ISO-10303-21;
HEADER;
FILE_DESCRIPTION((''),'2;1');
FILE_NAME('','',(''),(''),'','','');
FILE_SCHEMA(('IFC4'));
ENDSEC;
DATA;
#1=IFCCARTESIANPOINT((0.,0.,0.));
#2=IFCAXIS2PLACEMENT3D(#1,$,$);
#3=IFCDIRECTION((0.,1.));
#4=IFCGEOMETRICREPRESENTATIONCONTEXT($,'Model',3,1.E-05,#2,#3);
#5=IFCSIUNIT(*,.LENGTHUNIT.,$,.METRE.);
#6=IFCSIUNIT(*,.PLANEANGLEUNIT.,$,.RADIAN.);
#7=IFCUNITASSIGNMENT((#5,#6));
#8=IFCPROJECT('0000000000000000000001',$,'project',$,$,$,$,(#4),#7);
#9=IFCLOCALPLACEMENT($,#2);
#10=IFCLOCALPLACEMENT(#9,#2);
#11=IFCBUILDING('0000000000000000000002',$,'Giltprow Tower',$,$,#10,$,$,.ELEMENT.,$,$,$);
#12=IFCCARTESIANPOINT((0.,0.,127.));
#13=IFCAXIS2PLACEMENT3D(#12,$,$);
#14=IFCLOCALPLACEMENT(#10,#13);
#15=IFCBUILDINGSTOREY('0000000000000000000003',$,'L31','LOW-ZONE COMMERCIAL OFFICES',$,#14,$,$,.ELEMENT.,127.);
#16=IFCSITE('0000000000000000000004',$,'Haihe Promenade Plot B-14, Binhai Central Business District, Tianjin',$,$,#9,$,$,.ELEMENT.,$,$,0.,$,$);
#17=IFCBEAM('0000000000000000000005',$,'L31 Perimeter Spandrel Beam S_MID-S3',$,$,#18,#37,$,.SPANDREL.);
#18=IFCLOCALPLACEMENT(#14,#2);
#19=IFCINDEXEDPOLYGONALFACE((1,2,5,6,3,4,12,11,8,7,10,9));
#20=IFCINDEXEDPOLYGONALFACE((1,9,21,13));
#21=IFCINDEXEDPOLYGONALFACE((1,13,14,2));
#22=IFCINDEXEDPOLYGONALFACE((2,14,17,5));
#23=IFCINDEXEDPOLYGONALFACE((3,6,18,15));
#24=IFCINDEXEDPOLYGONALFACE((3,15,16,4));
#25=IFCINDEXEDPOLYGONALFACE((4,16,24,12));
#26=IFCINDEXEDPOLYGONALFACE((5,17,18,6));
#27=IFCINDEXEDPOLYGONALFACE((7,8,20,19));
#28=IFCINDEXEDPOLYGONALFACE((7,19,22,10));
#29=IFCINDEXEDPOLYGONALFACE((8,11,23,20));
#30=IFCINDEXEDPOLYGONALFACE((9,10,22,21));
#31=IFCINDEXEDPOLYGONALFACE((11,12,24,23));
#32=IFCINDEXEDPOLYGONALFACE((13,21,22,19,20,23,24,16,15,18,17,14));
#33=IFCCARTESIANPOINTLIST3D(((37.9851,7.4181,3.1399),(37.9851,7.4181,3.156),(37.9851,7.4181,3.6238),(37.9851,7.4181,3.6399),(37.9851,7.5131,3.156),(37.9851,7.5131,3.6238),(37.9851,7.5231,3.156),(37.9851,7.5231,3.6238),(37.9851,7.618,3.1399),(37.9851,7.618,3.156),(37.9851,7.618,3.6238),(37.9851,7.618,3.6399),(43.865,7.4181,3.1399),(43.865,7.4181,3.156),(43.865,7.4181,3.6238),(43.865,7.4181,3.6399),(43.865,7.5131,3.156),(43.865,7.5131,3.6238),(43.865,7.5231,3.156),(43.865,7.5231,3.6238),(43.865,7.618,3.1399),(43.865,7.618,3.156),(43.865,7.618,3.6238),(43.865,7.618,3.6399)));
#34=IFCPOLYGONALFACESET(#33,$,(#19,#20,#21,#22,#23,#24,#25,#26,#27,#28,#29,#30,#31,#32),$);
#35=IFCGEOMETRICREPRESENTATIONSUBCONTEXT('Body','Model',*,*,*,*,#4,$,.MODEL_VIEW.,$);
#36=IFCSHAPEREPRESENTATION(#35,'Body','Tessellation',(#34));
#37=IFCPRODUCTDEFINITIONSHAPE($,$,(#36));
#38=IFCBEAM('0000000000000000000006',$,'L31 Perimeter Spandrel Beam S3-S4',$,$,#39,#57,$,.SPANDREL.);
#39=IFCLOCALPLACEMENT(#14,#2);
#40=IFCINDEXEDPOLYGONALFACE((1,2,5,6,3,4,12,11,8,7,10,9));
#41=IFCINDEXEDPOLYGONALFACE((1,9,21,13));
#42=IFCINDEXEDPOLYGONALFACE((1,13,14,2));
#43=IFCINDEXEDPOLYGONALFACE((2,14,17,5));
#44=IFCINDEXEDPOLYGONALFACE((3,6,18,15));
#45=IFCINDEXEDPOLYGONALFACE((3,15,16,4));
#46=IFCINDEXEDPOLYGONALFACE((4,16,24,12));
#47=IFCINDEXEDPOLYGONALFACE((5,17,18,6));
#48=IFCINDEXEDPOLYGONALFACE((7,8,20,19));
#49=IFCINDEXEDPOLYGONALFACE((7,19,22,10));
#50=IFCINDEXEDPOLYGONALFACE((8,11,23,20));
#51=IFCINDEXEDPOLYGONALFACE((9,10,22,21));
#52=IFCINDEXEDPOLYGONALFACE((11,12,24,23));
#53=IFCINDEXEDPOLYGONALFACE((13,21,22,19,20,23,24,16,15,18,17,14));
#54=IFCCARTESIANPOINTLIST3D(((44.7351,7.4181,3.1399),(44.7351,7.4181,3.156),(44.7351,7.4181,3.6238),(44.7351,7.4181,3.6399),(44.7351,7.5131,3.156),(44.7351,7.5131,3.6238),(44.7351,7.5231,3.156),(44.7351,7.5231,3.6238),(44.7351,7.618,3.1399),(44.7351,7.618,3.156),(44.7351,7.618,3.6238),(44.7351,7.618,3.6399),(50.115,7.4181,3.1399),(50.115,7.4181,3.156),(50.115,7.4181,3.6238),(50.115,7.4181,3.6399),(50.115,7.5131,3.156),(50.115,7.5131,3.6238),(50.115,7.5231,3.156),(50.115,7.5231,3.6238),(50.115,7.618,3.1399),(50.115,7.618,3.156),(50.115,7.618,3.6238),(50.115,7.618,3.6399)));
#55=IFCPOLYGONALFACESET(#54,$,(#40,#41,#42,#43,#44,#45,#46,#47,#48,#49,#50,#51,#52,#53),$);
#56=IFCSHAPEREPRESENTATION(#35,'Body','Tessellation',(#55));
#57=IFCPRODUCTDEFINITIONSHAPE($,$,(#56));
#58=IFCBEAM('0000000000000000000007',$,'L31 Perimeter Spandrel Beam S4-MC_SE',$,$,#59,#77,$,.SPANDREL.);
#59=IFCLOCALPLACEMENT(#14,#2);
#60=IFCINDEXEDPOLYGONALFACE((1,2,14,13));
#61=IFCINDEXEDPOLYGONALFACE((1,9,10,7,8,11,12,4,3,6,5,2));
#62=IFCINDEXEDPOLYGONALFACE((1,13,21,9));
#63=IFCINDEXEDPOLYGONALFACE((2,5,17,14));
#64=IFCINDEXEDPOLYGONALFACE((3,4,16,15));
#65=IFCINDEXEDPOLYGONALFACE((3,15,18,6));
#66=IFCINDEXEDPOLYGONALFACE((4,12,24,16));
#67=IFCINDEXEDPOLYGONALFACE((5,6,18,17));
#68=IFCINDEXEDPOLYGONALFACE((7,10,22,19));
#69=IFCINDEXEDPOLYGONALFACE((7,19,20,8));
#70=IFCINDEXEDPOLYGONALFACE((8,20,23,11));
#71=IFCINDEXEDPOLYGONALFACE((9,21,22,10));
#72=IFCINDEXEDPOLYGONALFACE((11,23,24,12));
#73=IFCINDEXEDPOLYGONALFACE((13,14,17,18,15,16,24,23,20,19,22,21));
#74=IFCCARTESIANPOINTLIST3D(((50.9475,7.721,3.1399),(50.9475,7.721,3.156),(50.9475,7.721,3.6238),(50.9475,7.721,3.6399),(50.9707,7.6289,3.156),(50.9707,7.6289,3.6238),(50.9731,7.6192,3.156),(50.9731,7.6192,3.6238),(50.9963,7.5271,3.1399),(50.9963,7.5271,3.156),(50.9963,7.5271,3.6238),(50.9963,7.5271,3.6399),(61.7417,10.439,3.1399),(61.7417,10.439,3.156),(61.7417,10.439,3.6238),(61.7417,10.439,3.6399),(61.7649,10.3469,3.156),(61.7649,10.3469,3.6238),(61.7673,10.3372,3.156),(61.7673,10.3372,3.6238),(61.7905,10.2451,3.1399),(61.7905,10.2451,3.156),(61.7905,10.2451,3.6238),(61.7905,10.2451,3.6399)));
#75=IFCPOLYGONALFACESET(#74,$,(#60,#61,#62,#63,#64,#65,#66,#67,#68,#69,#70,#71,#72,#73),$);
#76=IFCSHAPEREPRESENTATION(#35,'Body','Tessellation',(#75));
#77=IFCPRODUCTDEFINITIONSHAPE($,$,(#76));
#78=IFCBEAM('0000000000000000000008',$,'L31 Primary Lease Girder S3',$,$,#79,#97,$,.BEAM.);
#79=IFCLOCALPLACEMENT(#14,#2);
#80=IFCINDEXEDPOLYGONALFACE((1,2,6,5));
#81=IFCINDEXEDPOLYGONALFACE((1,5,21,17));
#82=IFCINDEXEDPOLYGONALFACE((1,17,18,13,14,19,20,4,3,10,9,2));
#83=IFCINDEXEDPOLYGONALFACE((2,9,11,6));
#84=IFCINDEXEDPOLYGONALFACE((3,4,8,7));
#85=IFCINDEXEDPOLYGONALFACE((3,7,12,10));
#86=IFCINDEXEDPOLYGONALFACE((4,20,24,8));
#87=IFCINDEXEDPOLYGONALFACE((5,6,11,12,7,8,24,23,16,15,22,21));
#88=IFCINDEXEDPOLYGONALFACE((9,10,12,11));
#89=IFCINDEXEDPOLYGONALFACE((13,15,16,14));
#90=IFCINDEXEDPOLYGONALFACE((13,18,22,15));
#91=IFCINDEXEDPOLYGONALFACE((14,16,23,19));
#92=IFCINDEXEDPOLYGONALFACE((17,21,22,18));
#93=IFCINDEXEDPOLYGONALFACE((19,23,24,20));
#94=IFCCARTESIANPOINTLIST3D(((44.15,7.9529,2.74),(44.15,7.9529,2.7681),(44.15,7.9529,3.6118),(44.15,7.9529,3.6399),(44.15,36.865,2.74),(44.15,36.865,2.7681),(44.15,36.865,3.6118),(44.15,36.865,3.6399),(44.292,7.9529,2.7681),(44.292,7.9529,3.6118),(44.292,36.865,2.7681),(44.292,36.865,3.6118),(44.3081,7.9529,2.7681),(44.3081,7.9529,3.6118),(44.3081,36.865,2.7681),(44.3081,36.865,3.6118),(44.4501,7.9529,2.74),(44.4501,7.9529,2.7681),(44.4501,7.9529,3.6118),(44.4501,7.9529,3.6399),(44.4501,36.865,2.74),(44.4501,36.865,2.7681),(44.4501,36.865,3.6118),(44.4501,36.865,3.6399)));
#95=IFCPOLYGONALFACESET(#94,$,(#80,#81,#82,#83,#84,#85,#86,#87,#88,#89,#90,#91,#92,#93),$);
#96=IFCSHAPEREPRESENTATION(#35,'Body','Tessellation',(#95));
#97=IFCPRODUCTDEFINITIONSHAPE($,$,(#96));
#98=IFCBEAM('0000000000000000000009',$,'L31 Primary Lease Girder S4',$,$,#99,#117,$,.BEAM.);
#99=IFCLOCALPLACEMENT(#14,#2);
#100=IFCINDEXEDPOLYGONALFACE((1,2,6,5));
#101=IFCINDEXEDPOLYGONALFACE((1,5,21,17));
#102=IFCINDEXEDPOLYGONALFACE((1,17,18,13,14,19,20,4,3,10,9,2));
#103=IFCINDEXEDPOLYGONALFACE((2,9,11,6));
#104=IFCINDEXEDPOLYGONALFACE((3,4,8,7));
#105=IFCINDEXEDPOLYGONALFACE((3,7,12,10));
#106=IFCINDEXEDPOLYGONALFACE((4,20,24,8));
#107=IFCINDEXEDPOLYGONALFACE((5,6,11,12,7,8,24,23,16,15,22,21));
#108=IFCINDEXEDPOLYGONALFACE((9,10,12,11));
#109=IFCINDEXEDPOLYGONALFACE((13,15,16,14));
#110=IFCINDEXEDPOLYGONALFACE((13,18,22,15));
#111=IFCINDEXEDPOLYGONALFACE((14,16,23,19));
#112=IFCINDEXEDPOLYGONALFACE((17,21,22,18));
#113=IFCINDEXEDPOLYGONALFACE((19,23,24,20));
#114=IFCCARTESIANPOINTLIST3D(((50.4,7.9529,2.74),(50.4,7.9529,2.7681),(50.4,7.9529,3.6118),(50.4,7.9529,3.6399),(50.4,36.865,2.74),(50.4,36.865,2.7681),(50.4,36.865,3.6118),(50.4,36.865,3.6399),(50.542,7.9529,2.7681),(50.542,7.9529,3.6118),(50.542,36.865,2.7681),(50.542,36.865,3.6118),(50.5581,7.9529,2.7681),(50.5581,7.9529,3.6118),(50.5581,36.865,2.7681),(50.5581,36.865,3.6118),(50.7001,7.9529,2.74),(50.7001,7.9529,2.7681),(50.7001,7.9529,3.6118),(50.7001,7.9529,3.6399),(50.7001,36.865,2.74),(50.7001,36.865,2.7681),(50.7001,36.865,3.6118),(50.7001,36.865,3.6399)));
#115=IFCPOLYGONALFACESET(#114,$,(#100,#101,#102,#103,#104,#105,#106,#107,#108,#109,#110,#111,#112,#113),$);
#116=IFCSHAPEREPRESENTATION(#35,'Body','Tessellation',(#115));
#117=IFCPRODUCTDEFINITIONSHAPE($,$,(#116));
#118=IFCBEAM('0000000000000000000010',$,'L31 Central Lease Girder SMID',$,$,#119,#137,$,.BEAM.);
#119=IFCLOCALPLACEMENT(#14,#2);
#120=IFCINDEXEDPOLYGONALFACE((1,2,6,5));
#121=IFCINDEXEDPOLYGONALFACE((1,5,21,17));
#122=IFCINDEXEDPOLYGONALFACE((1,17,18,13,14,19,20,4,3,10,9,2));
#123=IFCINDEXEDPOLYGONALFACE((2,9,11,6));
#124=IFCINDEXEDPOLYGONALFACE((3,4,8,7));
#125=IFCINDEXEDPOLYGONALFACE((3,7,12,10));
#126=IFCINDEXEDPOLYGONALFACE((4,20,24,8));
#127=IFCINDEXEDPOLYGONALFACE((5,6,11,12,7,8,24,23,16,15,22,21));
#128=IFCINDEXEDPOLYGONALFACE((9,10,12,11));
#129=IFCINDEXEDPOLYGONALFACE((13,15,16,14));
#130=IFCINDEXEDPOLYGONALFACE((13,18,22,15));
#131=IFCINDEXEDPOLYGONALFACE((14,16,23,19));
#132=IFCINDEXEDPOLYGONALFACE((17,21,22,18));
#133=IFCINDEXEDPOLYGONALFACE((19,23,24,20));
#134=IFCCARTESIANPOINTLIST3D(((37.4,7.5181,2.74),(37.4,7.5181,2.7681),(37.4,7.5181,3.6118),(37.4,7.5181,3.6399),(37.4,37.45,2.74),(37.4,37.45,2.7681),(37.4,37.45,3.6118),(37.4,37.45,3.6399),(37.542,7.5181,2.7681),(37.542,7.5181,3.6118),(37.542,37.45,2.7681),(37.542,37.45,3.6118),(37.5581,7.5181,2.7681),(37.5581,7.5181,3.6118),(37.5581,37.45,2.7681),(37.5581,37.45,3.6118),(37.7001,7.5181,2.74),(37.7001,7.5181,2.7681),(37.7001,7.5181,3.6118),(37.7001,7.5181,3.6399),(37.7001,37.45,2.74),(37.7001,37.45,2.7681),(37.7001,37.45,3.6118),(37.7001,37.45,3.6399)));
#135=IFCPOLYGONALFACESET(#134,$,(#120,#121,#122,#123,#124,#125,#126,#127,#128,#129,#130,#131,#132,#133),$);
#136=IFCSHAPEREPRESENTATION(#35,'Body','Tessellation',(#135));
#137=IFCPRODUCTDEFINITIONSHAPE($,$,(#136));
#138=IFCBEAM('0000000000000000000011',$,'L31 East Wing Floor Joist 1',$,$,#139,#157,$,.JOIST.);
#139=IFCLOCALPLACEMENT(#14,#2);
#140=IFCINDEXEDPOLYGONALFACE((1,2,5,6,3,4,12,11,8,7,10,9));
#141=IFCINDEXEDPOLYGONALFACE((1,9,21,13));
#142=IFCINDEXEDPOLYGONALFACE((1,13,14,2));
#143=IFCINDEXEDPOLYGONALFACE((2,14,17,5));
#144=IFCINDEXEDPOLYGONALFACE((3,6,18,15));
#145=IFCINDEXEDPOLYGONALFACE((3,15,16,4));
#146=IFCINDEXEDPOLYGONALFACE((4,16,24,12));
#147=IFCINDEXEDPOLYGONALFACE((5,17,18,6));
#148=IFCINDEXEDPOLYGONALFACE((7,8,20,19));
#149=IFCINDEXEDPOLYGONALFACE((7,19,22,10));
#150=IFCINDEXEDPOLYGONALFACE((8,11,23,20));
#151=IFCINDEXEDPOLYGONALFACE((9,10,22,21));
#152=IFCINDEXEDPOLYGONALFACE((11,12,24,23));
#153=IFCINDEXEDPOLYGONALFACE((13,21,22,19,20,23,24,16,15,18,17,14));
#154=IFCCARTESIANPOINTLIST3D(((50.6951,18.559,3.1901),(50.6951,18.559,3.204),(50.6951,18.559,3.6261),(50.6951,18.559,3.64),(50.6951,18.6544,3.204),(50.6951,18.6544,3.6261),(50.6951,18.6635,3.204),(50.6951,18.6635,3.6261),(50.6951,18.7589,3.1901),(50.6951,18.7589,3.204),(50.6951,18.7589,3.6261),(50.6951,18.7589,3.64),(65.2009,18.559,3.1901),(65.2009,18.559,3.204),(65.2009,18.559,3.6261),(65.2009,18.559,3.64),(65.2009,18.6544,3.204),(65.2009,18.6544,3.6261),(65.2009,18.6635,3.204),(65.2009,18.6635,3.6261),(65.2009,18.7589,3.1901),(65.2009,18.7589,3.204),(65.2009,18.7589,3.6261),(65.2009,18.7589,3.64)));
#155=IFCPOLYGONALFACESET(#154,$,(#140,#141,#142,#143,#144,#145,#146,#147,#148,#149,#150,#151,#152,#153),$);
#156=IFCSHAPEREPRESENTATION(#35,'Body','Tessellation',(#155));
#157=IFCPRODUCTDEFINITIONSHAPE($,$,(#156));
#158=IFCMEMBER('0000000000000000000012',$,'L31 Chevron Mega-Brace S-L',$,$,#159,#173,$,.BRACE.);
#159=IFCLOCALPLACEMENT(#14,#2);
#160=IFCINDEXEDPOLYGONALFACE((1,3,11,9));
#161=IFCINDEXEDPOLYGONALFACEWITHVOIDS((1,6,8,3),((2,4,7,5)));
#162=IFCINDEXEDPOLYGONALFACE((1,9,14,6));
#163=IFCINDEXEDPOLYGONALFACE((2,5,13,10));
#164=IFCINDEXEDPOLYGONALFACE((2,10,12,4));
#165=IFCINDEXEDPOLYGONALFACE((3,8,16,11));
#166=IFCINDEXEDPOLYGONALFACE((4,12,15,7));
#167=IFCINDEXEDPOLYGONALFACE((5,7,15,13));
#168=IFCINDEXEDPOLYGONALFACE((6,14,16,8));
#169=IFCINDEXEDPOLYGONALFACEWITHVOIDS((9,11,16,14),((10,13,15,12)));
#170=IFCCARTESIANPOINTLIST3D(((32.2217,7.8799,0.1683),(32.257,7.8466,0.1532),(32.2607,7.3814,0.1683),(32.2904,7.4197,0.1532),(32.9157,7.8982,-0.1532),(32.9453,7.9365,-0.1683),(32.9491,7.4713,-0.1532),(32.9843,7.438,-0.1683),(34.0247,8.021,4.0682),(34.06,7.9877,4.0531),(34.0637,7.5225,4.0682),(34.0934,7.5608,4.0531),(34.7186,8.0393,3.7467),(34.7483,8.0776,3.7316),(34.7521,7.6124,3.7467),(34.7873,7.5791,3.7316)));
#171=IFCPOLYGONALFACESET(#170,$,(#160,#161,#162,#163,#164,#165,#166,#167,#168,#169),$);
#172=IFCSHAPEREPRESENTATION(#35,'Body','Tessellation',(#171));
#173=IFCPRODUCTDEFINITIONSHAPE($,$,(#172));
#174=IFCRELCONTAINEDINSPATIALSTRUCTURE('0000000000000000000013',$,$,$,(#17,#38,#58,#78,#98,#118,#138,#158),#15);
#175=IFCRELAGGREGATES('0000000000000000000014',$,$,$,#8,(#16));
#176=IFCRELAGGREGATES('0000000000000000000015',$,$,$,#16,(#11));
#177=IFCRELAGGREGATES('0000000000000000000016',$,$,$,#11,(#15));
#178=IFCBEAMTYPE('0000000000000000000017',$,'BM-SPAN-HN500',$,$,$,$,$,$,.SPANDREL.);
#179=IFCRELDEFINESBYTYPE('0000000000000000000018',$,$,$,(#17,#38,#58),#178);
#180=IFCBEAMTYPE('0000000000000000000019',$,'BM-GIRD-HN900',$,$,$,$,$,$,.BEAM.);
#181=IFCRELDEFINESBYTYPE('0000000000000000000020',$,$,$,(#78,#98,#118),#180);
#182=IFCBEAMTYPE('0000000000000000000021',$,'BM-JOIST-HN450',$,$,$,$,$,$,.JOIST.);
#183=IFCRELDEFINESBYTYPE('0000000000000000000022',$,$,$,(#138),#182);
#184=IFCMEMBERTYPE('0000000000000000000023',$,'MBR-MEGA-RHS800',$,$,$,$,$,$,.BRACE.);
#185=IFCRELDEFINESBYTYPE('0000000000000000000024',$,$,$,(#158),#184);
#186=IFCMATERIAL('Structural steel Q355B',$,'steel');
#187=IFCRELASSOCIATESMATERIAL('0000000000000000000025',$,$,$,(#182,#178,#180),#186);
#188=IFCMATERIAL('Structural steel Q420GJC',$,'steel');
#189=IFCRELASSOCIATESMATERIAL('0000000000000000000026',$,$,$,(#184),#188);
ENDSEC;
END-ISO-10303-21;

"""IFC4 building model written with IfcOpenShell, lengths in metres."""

from ifc_helpers import new_model, si_unit, direction, frame, origin, origin_2d, place, context, subcontext, project, spatial, hollow_rectangle, i_section, extrude, source, transform, mapped, material, material_profile, profile_set, type_object, element, save


model = new_model("IFC4")

# Units and contexts
model_context = context("Model", 3, precision=1e-05, world=origin(), true_north=direction((0.0, 1.0)))
body_context = subcontext(model_context, "Body", "Model", "MODEL_VIEW")
ifc_project = project(units=[si_unit("LENGTHUNIT", "METRE"), si_unit("PLANEANGLEUNIT", "RADIAN")], contexts=[model_context])

# Site, building, storey
site_placement = place(None, origin())
site = spatial("IfcSite", under=ifc_project, at=site_placement, Name="Haihe Promenade Plot B-14, Binhai Central Business District, Tianjin", CompositionType="ELEMENT", RefElevation=0.0)
building_placement = place(site_placement, origin())
building = spatial("IfcBuilding", under=site, at=building_placement, Name="Giltprow Tower", CompositionType="ELEMENT")
storey_placement = place(building_placement, frame((0.0, 0.0, 127.0)))
storey = spatial("IfcBuildingStorey", under=building, at=storey_placement, Name="L31", Description="LOW-ZONE COMMERCIAL OFFICES", CompositionType="ELEMENT", Elevation=127.0)

# Shared definitions
ifc_material_1 = material(Name="Structural steel Q420GJC", Category="steel")

# Beams
ifc_material_2 = material(Name="Structural steel Q355B", Category="steel")
ifc_material_profile_1 = material_profile(ifc_material_2, i_section(OverallWidth=0.2, OverallDepth=0.45, WebThickness=0.009, FlangeThickness=0.0139, at=origin_2d()), Name="HN 450x200x9x14")
ifc_profile_set_1 = profile_set([ifc_material_profile_1], Name="Structural steel Q355B")
beam_type_1 = type_object("IfcBeamType", Name="BM-JOIST-HN450", PredefinedType="JOIST", material=ifc_profile_set_1)
ifc_material_profile_2 = material_profile(ifc_material_2, i_section(OverallWidth=0.2, OverallDepth=0.5, WebThickness=0.01, FlangeThickness=0.0161, at=origin_2d()), Name="HN 500x200x10x16")
ifc_profile_set_2 = profile_set([ifc_material_profile_2], Name="Structural steel Q355B")
beam_type_2 = type_object("IfcBeamType", Name="BM-SPAN-HN500", PredefinedType="SPANDREL", material=ifc_profile_set_2)
shared_shape_1 = source(origin(), body_context, "Body", "SweptSolid", [
    extrude(i_section(OverallWidth=0.2, OverallDepth=0.5, WebThickness=0.01, FlangeThickness=0.0161, at=origin_2d()), origin(), (0.0, 0.0, 1.0), 5.8799),
])
beam_1_placement = place(storey_placement, frame((37.9851, 7.5181, 3.3899), z_axis=(1.0, 0.0, 0.0), x_axis=(0.0, 1.0, 0.0)))
element("IfcBeam", 1, at=beam_1_placement, inside=storey, type_object=beam_type_2, Name="L31 Perimeter Spandrel Beam S_MID-S3", PredefinedType="SPANDREL", context=body_context, shape_type="MappedRepresentation", body=[
    mapped(shared_shape_1, transform((0.0, 0.0, 0.0), x_axis=(1.0, 0.0, 0.0), y_axis=(0.0, 1.0, 0.0), z_axis=(0.0, 0.0, 1.0), scale=1.0)),
])
shared_shape_2 = source(origin(), body_context, "Body", "SweptSolid", [
    extrude(i_section(OverallWidth=0.2, OverallDepth=0.5, WebThickness=0.01, FlangeThickness=0.0161, at=origin_2d()), origin(), (0.0, 0.0, 1.0), 5.3799),
])
beam_2_placement = place(storey_placement, frame((44.7351, 7.5181, 3.3899), z_axis=(1.0, 0.0, 0.0), x_axis=(0.0, 1.0, 0.0)))
element("IfcBeam", 2, at=beam_2_placement, inside=storey, type_object=beam_type_2, Name="L31 Perimeter Spandrel Beam S3-S4", PredefinedType="SPANDREL", context=body_context, shape_type="MappedRepresentation", body=[
    mapped(shared_shape_2, transform((0.0, 0.0, 0.0), x_axis=(1.0, 0.0, 0.0), y_axis=(0.0, 1.0, 0.0), z_axis=(0.0, 0.0, 1.0), scale=1.0)),
])
shared_shape_3 = source(origin(), body_context, "Body", "SweptSolid", [
    extrude(i_section(OverallWidth=0.2, OverallDepth=0.5, WebThickness=0.01, FlangeThickness=0.0161, at=origin_2d()), origin(), (0.0, 0.0, 1.0), 11.1311),
])
beam_3_placement = place(storey_placement, frame((50.9719, 7.624, 3.3899), z_axis=(0.96973, 0.244182, 0.0), x_axis=(-0.244182, 0.96973, 0.0)))
element("IfcBeam", 3, at=beam_3_placement, inside=storey, type_object=beam_type_2, Name="L31 Perimeter Spandrel Beam S4-MC_SE", PredefinedType="SPANDREL", context=body_context, shape_type="MappedRepresentation", body=[
    mapped(shared_shape_3, transform((0.0, 0.0, 0.0), x_axis=(1.0, 0.0, 0.0), y_axis=(0.0, 1.0, 0.0), z_axis=(0.0, 0.0, 1.0), scale=1.0)),
])
ifc_material_profile_3 = material_profile(ifc_material_2, i_section(OverallWidth=0.3, OverallDepth=0.8999, WebThickness=0.0161, FlangeThickness=0.0281, at=origin_2d()), Name="HN 900x300x16x28")
ifc_profile_set_3 = profile_set([ifc_material_profile_3], Name="Structural steel Q355B")
beam_type_3 = type_object("IfcBeamType", Name="BM-GIRD-HN900", PredefinedType="BEAM", material=ifc_profile_set_3)
shared_shape_4 = source(origin(), body_context, "Body", "SweptSolid", [
    extrude(i_section(OverallWidth=0.3, OverallDepth=0.8999, WebThickness=0.0161, FlangeThickness=0.0281, at=origin_2d()), origin(), (0.0, 0.0, 1.0), 28.9121),
])
for number, where, z_axis, x_axis, name in (
    (4, (44.3, 7.9529, 3.1899), (0.0, 1.0, 0.0), (-1.0, 0.0, 0.0), "L31 Primary Lease Girder S3"),
    (5, (50.55, 7.9529, 3.1899), (0.0, 1.0, 0.0), (-1.0, 0.0, 0.0), "L31 Primary Lease Girder S4"),
):
    element("IfcBeam", number, at=place(storey_placement, frame(where, z_axis=z_axis, x_axis=x_axis)), inside=storey, type_object=beam_type_3, Name=name, PredefinedType="BEAM", context=body_context, shape_type="MappedRepresentation", body=[
        mapped(shared_shape_4, transform((0.0, 0.0, 0.0), x_axis=(1.0, 0.0, 0.0), y_axis=(0.0, 1.0, 0.0), z_axis=(0.0, 0.0, 1.0), scale=1.0)),
    ])
shared_shape_5 = source(origin(), body_context, "Body", "SweptSolid", [
    extrude(i_section(OverallWidth=0.3, OverallDepth=0.8999, WebThickness=0.0161, FlangeThickness=0.0281, at=origin_2d()), origin(), (0.0, 0.0, 1.0), 29.9319),
])
beam_4_placement = place(storey_placement, frame((37.55, 7.5181, 3.1899), z_axis=(0.0, 1.0, 0.0), x_axis=(-1.0, 0.0, 0.0)))
element("IfcBeam", 6, at=beam_4_placement, inside=storey, type_object=beam_type_3, Name="L31 Central Lease Girder SMID", PredefinedType="BEAM", context=body_context, shape_type="MappedRepresentation", body=[
    mapped(shared_shape_5, transform((0.0, 0.0, 0.0), x_axis=(1.0, 0.0, 0.0), y_axis=(0.0, 1.0, 0.0), z_axis=(0.0, 0.0, 1.0), scale=1.0)),
])
shared_shape_6 = source(origin(), body_context, "Body", "SweptSolid", [
    extrude(i_section(OverallWidth=0.2, OverallDepth=0.45, WebThickness=0.009, FlangeThickness=0.0139, at=origin_2d()), origin(), (0.0, 0.0, 1.0), 14.5059),
])
beam_5_placement = place(storey_placement, frame((50.6951, 18.6589, 3.415), z_axis=(1.0, 0.0, 0.0), x_axis=(0.0, 1.0, 0.0)))
element("IfcBeam", 7, at=beam_5_placement, inside=storey, type_object=beam_type_1, Name="L31 East Wing Floor Joist 1", PredefinedType="JOIST", context=body_context, shape_type="MappedRepresentation", body=[
    mapped(shared_shape_6, transform((0.0, 0.0, 0.0), x_axis=(1.0, 0.0, 0.0), y_axis=(0.0, 1.0, 0.0), z_axis=(0.0, 0.0, 1.0), scale=1.0)),
])

# Member
ifc_material_profile_4 = material_profile(ifc_material_1, hollow_rectangle(XDim=0.5, YDim=0.8, WallThickness=0.0359, at=origin_2d()), Name="RHS 800x500x36")
ifc_profile_set_4 = profile_set([ifc_material_profile_4], Name="Structural steel Q420GJC")
member_type_1 = type_object("IfcMemberType", Name="MBR-MEGA-RHS800", PredefinedType="BRACE", material=ifc_profile_set_4)
shared_shape_7 = source(origin(), body_context, "Body", "SweptSolid", [
    extrude(hollow_rectangle(XDim=0.5, YDim=0.8, WallThickness=0.0359, at=origin_2d()), origin(), (0.0, 0.0, 1.0), 4.2988),
])
for number, where, z_axis, x_axis, name in (
    (8, (32.603, 7.6589, 0.0), (0.419412, 0.032826, 0.907202), (-0.078028, 0.996951, 0.0), "L31 Chevron Mega-Brace S-L"),
):
    element("IfcMember", number, at=place(storey_placement, frame(where, z_axis=z_axis, x_axis=x_axis)), inside=storey, type_object=member_type_1, Name=name, PredefinedType="BRACE", context=body_context, shape_type="MappedRepresentation", body=[
        mapped(shared_shape_7, transform((0.0, 0.0, 0.0), x_axis=(1.0, 0.0, 0.0), y_axis=(0.0, 1.0, 0.0), z_axis=(0.0, 0.0, 1.0), scale=1.0)),
    ])

save(model, "model.ifc")
